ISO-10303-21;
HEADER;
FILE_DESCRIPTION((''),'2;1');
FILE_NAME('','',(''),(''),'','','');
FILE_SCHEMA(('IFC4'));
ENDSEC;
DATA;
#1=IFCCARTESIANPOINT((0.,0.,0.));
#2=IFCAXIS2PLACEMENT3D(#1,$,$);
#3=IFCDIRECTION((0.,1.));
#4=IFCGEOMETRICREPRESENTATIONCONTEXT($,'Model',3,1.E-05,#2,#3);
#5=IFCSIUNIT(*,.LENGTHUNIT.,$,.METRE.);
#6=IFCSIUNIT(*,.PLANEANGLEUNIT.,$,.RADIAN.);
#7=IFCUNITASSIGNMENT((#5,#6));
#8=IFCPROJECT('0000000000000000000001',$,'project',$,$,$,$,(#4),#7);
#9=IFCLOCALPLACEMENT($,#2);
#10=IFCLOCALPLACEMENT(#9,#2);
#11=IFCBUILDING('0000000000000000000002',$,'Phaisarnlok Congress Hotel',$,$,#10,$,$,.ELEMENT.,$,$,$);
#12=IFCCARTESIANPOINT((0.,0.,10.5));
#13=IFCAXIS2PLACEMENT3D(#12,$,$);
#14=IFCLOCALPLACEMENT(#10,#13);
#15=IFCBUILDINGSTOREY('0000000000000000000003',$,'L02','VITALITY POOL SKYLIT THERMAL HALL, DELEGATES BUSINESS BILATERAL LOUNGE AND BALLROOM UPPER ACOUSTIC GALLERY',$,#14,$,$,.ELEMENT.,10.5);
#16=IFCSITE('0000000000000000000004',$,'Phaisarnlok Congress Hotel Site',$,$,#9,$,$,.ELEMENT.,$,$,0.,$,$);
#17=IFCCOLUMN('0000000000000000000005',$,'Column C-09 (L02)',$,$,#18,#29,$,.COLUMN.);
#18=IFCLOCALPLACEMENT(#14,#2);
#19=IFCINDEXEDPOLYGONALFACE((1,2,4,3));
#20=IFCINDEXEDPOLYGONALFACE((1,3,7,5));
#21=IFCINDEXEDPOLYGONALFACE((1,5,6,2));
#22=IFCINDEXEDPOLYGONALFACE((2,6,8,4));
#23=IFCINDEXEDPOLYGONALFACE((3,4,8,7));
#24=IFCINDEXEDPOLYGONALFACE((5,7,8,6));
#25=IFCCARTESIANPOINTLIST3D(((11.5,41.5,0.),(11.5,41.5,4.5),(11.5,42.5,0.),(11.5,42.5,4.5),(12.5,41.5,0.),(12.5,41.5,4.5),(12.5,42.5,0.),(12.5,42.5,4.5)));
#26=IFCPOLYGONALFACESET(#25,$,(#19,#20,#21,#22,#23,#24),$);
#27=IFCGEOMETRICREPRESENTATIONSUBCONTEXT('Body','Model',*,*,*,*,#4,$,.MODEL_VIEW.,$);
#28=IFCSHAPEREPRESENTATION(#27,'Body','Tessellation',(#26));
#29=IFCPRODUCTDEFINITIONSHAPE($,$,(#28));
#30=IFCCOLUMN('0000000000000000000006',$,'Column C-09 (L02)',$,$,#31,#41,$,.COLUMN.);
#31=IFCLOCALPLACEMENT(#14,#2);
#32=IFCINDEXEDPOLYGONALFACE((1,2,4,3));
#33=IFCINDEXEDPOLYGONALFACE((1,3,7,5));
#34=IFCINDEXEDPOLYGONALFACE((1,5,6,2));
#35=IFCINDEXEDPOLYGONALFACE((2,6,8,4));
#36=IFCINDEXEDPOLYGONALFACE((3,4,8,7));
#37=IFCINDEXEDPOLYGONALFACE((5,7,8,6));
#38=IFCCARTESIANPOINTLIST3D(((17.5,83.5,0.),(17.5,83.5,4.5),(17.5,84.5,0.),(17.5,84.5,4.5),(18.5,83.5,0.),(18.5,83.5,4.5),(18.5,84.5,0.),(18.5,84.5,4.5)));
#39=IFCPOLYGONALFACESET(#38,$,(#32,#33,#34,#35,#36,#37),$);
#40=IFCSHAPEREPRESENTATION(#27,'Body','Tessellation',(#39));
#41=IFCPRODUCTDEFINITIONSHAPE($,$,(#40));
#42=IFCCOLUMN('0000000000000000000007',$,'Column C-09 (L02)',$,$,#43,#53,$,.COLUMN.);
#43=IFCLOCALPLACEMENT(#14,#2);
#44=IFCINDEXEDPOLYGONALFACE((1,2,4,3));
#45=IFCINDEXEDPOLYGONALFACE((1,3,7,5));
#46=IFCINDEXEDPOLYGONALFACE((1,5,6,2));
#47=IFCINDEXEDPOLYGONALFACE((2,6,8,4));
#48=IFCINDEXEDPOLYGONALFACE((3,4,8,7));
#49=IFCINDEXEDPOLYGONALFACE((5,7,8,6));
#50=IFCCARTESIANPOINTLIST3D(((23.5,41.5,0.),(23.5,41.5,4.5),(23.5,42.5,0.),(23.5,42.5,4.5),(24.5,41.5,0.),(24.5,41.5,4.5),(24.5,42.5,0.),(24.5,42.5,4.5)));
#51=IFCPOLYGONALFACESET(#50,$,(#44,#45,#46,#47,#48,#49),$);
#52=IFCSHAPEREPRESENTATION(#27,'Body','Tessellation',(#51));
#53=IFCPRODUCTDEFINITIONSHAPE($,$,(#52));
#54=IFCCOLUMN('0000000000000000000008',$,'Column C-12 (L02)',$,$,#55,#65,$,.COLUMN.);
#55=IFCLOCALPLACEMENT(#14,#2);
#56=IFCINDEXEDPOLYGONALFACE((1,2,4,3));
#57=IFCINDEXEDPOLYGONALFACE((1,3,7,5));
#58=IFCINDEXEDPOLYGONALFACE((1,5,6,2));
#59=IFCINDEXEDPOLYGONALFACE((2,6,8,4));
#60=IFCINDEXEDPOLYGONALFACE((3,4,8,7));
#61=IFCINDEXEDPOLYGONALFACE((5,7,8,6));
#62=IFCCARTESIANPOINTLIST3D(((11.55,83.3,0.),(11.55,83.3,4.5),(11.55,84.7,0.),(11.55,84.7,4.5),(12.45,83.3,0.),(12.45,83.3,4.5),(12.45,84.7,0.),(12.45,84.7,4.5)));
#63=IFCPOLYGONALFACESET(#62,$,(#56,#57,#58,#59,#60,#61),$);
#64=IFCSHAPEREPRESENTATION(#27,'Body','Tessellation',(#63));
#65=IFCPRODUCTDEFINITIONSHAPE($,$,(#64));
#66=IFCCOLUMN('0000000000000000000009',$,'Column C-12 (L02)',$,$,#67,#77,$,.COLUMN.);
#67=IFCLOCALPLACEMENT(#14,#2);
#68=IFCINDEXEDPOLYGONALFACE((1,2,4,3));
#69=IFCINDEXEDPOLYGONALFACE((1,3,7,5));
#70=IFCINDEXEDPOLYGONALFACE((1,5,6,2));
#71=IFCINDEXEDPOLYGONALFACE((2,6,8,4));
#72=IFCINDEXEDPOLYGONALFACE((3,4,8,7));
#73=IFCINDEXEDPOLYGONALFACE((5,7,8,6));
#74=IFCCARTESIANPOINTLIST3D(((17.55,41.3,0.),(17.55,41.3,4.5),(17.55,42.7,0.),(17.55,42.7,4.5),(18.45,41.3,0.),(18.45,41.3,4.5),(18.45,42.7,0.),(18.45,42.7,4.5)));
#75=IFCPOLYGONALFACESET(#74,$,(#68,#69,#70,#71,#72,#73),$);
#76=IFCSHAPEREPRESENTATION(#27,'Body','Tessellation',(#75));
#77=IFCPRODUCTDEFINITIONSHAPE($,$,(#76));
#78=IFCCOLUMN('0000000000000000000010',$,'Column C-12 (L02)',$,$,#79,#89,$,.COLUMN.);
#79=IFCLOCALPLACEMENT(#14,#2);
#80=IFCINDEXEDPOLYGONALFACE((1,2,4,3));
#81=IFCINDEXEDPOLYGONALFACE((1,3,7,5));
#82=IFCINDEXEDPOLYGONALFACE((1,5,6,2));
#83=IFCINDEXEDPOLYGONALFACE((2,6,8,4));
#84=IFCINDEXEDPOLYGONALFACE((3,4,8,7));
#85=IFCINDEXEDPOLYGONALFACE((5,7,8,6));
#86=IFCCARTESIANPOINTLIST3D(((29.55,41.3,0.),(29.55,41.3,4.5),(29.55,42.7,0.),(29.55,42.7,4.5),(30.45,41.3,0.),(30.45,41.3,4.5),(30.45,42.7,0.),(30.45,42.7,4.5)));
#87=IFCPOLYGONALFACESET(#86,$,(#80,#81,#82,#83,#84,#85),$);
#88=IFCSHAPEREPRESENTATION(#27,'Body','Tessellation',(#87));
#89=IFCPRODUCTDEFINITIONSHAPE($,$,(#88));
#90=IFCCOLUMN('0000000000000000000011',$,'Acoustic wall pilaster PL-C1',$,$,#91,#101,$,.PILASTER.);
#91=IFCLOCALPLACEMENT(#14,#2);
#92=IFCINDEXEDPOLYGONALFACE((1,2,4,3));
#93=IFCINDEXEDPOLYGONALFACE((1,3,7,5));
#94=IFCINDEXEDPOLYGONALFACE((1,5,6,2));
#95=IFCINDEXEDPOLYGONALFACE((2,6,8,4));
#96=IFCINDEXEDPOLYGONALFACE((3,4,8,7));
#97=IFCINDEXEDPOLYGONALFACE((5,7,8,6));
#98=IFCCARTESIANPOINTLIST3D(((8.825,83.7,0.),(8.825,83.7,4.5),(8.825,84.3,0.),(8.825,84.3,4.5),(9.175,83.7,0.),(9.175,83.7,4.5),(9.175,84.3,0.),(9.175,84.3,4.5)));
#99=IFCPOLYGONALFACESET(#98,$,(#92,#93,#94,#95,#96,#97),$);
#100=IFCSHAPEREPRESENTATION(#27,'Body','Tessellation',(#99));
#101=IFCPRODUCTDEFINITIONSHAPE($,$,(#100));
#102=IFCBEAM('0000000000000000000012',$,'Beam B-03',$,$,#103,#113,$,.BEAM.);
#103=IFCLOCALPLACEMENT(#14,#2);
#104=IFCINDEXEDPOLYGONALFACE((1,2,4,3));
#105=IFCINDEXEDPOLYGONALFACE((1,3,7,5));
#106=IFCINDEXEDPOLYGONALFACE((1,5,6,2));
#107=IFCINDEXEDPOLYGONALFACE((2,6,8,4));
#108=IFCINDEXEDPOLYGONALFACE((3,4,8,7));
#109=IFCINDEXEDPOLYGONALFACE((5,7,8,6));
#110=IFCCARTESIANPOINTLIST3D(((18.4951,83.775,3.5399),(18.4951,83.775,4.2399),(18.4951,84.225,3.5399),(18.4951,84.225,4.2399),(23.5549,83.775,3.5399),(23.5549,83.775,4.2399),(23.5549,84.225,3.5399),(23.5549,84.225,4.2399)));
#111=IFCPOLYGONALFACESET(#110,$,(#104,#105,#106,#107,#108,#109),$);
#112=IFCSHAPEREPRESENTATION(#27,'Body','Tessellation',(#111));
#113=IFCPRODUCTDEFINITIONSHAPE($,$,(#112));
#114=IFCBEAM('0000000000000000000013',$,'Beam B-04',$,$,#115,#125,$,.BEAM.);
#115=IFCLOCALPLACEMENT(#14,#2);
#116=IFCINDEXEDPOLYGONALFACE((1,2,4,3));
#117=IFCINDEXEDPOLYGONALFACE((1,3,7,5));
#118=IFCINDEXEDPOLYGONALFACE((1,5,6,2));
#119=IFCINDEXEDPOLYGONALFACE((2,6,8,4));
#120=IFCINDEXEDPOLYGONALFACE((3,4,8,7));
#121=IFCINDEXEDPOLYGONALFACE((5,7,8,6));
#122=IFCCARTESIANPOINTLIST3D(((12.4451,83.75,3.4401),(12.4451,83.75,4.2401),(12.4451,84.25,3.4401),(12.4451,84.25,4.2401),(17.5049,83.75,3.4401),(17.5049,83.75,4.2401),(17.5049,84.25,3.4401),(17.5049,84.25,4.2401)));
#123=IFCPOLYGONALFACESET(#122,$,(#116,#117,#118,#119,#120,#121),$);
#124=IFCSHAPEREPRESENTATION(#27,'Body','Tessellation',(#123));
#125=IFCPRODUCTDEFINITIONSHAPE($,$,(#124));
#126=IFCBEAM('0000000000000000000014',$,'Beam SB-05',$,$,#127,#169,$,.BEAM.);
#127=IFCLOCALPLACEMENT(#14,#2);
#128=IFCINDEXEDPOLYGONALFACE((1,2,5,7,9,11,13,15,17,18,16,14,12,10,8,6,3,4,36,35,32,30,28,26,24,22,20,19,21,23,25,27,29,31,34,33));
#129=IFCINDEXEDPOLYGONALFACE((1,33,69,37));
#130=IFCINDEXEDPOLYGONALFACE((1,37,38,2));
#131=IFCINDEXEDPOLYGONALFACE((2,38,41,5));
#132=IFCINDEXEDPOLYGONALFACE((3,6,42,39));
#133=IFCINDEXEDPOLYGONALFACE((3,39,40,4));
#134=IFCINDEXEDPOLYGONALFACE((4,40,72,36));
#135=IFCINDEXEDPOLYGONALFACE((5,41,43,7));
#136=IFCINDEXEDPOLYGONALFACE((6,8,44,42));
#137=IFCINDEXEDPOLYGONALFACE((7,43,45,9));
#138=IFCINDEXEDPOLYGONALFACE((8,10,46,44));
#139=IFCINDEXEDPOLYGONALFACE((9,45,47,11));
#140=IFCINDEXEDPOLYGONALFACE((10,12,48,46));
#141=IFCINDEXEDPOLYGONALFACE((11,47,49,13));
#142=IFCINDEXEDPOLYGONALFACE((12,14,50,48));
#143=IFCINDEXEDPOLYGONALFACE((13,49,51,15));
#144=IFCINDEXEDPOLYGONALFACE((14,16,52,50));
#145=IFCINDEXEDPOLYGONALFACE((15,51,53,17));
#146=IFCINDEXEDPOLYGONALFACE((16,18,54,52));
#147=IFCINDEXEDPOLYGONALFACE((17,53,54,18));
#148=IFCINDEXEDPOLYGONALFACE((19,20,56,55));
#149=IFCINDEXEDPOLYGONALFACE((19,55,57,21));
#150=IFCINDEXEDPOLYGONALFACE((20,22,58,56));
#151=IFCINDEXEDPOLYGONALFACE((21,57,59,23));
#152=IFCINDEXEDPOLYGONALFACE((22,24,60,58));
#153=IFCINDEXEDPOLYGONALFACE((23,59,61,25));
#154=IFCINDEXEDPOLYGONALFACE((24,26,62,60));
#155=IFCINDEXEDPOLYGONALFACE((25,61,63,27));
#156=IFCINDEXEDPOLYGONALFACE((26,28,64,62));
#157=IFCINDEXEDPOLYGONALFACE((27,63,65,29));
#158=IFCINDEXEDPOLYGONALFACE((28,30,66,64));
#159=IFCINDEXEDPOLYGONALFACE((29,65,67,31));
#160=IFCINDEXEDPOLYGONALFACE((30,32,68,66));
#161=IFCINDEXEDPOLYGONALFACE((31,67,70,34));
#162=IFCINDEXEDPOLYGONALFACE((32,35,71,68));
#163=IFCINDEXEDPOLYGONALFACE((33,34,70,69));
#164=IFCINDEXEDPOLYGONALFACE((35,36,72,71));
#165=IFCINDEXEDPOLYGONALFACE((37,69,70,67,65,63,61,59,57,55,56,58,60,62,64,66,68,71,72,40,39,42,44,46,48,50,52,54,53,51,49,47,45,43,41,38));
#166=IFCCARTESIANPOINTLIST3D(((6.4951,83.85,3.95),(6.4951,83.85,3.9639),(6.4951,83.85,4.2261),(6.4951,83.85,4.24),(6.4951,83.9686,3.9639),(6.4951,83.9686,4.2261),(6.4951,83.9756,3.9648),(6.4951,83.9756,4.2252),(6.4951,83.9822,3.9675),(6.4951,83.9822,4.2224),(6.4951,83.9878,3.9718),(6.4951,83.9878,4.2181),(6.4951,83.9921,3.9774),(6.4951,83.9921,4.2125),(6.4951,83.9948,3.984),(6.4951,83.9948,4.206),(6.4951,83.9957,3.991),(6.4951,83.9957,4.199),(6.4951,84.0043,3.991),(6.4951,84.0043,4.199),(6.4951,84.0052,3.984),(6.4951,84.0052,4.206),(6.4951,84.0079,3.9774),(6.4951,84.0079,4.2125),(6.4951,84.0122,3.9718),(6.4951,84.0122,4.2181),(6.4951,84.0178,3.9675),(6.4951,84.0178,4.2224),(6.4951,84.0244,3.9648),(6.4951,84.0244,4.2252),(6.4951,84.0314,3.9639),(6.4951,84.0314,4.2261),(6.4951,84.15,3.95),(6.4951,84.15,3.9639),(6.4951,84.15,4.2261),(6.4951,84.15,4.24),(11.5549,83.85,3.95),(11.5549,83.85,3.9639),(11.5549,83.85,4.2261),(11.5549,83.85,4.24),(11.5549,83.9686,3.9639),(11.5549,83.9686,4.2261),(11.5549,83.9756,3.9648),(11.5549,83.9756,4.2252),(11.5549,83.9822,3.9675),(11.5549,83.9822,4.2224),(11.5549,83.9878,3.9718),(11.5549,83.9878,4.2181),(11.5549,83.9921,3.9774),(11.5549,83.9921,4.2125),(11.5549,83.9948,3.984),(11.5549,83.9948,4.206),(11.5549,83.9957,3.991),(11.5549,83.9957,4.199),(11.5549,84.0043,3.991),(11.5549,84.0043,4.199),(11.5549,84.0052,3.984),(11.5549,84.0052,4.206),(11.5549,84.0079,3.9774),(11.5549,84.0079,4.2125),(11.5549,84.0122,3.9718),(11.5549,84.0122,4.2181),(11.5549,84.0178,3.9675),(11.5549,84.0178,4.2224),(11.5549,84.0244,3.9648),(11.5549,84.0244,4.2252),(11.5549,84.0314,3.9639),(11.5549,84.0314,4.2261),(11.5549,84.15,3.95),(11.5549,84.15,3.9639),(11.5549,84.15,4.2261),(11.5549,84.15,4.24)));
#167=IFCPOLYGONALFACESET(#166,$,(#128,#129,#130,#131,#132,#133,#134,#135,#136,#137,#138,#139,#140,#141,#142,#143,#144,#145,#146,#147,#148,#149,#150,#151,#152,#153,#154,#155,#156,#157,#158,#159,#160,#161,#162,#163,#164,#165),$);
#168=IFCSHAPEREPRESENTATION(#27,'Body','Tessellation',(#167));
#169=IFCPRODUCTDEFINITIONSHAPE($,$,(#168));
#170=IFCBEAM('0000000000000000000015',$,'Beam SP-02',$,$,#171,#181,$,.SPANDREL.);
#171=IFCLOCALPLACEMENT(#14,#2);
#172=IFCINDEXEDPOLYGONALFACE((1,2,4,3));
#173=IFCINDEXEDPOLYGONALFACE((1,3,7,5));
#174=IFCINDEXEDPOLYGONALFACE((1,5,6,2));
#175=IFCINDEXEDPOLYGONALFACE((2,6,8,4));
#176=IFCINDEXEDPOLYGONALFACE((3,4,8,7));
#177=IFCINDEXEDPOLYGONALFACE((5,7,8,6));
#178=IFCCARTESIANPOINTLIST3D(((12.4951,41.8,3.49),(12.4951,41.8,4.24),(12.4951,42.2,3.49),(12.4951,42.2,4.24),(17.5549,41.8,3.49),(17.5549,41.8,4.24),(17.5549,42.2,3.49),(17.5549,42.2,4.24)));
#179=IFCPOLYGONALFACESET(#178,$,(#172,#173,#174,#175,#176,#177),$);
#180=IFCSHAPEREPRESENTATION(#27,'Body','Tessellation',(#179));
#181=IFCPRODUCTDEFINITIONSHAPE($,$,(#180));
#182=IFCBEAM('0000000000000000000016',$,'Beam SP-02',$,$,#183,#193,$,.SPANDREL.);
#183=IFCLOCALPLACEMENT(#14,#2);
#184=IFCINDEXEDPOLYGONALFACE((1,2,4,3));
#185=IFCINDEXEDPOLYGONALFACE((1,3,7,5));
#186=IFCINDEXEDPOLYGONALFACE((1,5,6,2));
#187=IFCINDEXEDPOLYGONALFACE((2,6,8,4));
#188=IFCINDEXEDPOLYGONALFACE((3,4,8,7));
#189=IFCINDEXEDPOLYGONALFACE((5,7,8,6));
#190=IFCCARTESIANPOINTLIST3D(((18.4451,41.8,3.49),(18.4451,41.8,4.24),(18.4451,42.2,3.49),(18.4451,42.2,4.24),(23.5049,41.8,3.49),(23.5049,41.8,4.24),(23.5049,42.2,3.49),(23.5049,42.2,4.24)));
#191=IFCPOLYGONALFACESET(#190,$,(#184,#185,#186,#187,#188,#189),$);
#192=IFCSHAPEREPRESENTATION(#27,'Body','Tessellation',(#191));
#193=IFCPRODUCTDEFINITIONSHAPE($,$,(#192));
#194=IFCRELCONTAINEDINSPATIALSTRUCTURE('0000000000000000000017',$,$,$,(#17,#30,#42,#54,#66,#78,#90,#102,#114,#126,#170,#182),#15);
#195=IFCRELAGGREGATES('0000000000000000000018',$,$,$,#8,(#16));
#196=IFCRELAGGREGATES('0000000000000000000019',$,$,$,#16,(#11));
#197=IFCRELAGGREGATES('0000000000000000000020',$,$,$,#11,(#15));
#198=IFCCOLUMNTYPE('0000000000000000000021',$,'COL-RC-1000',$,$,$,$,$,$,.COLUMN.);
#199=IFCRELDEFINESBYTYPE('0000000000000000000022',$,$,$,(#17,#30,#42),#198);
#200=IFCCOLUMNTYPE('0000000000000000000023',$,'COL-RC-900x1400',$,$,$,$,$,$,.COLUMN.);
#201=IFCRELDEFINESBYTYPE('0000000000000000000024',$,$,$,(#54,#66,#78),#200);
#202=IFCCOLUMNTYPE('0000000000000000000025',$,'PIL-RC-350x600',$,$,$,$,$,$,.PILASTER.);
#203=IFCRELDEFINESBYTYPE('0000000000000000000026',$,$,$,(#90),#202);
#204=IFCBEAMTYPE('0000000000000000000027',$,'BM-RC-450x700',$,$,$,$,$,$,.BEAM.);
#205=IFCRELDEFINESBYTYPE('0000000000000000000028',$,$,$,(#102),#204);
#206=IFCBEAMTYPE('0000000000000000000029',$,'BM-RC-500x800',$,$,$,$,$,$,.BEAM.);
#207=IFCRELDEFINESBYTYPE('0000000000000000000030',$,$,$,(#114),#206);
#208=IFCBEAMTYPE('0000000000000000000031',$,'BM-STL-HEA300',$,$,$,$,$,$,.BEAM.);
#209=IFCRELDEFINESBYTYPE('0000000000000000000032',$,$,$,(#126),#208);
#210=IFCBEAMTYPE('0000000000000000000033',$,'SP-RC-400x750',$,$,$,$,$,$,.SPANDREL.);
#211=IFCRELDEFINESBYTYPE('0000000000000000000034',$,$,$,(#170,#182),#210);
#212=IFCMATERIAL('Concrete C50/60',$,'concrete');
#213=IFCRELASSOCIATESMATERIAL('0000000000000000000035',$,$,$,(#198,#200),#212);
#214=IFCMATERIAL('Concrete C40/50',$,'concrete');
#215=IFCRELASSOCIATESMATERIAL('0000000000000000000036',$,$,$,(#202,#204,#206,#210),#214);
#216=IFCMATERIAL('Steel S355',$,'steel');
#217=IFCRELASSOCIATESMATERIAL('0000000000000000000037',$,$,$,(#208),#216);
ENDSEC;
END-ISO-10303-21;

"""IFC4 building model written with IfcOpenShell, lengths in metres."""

from ifc_helpers import new_model, si_unit, direction, frame, origin, origin_2d, place, context, subcontext, project, spatial, rectangle, i_section, extrude, material, material_profile, profile_set, type_object, element, save


model = new_model("IFC4")

# Units and contexts
model_context = context("Model", 3, precision=1e-05, world=origin(), true_north=direction((0.0, 1.0)))
body_context = subcontext(model_context, "Body", "Model", "MODEL_VIEW")
ifc_project = project(units=[si_unit("LENGTHUNIT", "METRE"), si_unit("PLANEANGLEUNIT", "RADIAN")], contexts=[model_context])

# Site, building, storey
site_placement = place(None, origin())
site = spatial("IfcSite", under=ifc_project, at=site_placement, Name="Phaisarnlok Congress Hotel Site", CompositionType="ELEMENT", RefElevation=0.0)
building_placement = place(site_placement, origin())
building = spatial("IfcBuilding", under=site, at=building_placement, Name="Phaisarnlok Congress Hotel", CompositionType="ELEMENT")
storey_placement = place(building_placement, frame((0.0, 0.0, 10.5)))
storey = spatial("IfcBuildingStorey", under=building, at=storey_placement, Name="L02", Description="VITALITY POOL SKYLIT THERMAL HALL, DELEGATES BUSINESS BILATERAL LOUNGE AND BALLROOM UPPER ACOUSTIC GALLERY", CompositionType="ELEMENT", Elevation=10.5)

# Columns
ifc_material_1 = material(Name="Concrete C50/60", Category="concrete")
ifc_material_profile_1 = material_profile(ifc_material_1, rectangle(XDim=1.0, YDim=1.0, at=origin_2d()), Name="RC 1000x1000")
ifc_profile_set_1 = profile_set([ifc_material_profile_1], Name="Concrete C50/60")
column_type_1 = type_object("IfcColumnType", Name="COL-RC-1000", PredefinedType="COLUMN", material=ifc_profile_set_1)
for number, where, z_axis, x_axis, name in (
    (1, (12.0, 42.0, 0.0), (0.0, 0.0, 1.0), (1.0, 0.0, 0.0), "Column C-09 (L02)"),
    (2, (18.0, 84.0, 0.0), (0.0, 0.0, 1.0), (1.0, 0.0, 0.0), "Column C-09 (L02)"),
    (3, (24.0, 42.0, 0.0), (0.0, 0.0, 1.0), (1.0, 0.0, 0.0), "Column C-09 (L02)"),
):
    element("IfcColumn", number, at=place(storey_placement, frame(where, z_axis=z_axis, x_axis=x_axis)), inside=storey, type_object=column_type_1, Name=name, PredefinedType="COLUMN", context=body_context, shape_type="SweptSolid", body=[
        extrude(rectangle(XDim=1.0, YDim=1.0, at=origin_2d()), origin(), (0.0, 0.0, 1.0), 4.5),
    ])
ifc_material_profile_2 = material_profile(ifc_material_1, rectangle(XDim=0.8999, YDim=1.3999, at=origin_2d()), Name="RC 900x1400")
ifc_profile_set_2 = profile_set([ifc_material_profile_2], Name="Concrete C50/60")
column_type_2 = type_object("IfcColumnType", Name="COL-RC-900x1400", PredefinedType="COLUMN", material=ifc_profile_set_2)
for number, where, z_axis, x_axis, name in (
    (4, (12.0, 84.0, 0.0), (0.0, 0.0, 1.0), (1.0, 0.0, 0.0), "Column C-12 (L02)"),
    (5, (18.0, 42.0, 0.0), (0.0, 0.0, 1.0), (1.0, 0.0, 0.0), "Column C-12 (L02)"),
    (6, (30.0, 42.0, 0.0), (0.0, 0.0, 1.0), (1.0, 0.0, 0.0), "Column C-12 (L02)"),
):
    element("IfcColumn", number, at=place(storey_placement, frame(where, z_axis=z_axis, x_axis=x_axis)), inside=storey, type_object=column_type_2, Name=name, PredefinedType="COLUMN", context=body_context, shape_type="SweptSolid", body=[
        extrude(rectangle(XDim=0.8999, YDim=1.3999, at=origin_2d()), origin(), (0.0, 0.0, 1.0), 4.5),
    ])
ifc_material_2 = material(Name="Concrete C40/50", Category="concrete")
ifc_material_profile_3 = material_profile(ifc_material_2, rectangle(XDim=0.3501, YDim=0.6001, at=origin_2d()), Name="RC 350x600")
ifc_profile_set_3 = profile_set([ifc_material_profile_3], Name="Concrete C40/50")
column_type_3 = type_object("IfcColumnType", Name="PIL-RC-350x600", PredefinedType="PILASTER", material=ifc_profile_set_3)
column_placement = place(storey_placement, frame((9.0, 84.0, 0.0), z_axis=(0.0, 0.0, 1.0), x_axis=(1.0, 0.0, 0.0)))
element("IfcColumn", 7, at=column_placement, inside=storey, type_object=column_type_3, Name="Acoustic wall pilaster PL-C1", PredefinedType="PILASTER", context=body_context, shape_type="SweptSolid", body=[
    extrude(rectangle(XDim=0.3501, YDim=0.6001, at=origin_2d()), origin(), (0.0, 0.0, 1.0), 4.5),
])

# Beams
ifc_material_profile_4 = material_profile(ifc_material_2, rectangle(XDim=0.45, YDim=0.7, at=origin_2d()), Name="RC 450x700")
ifc_profile_set_4 = profile_set([ifc_material_profile_4], Name="Concrete C40/50")
beam_type_1 = type_object("IfcBeamType", Name="BM-RC-450x700", PredefinedType="BEAM", material=ifc_profile_set_4)
beam_1_placement = place(storey_placement, frame((18.4951, 84.0, 3.8899), z_axis=(1.0, 0.0, 0.0), x_axis=(0.0, 1.0, 0.0)))
element("IfcBeam", 8, at=beam_1_placement, inside=storey, type_object=beam_type_1, Name="Beam B-03", PredefinedType="BEAM", context=body_context, shape_type="SweptSolid", body=[
    extrude(rectangle(XDim=0.45, YDim=0.7, at=origin_2d()), origin(), (0.0, 0.0, 1.0), 5.0598),
])
ifc_material_profile_5 = material_profile(ifc_material_2, rectangle(XDim=0.5, YDim=0.8, at=origin_2d()), Name="RC 500x800")
ifc_profile_set_5 = profile_set([ifc_material_profile_5], Name="Concrete C40/50")
beam_type_2 = type_object("IfcBeamType", Name="BM-RC-500x800", PredefinedType="BEAM", material=ifc_profile_set_5)
beam_2_placement = place(storey_placement, frame((12.4451, 84.0, 3.8401), z_axis=(1.0, 0.0, 0.0), x_axis=(0.0, 1.0, 0.0)))
element("IfcBeam", 9, at=beam_2_placement, inside=storey, type_object=beam_type_2, Name="Beam B-04", PredefinedType="BEAM", context=body_context, shape_type="SweptSolid", body=[
    extrude(rectangle(XDim=0.5, YDim=0.8, at=origin_2d()), origin(), (0.0, 0.0, 1.0), 5.0598),
])
ifc_material_3 = material(Name="Steel S355", Category="steel")
ifc_material_profile_6 = material_profile(ifc_material_3, i_section(OverallWidth=0.3, OverallDepth=0.29, WebThickness=0.0085, FlangeThickness=0.0139, FilletRadius=0.0271, at=origin_2d()), Name="HEA 300")
ifc_profile_set_6 = profile_set([ifc_material_profile_6], Name="Steel S355")
beam_type_3 = type_object("IfcBeamType", Name="BM-STL-HEA300", PredefinedType="BEAM", material=ifc_profile_set_6)
beam_3_placement = place(storey_placement, frame((6.4951, 84.0, 4.095), z_axis=(1.0, 0.0, 0.0), x_axis=(0.0, 1.0, 0.0)))
element("IfcBeam", 10, at=beam_3_placement, inside=storey, type_object=beam_type_3, Name="Beam SB-05", PredefinedType="BEAM", context=body_context, shape_type="SweptSolid", body=[
    extrude(i_section(OverallWidth=0.3, OverallDepth=0.29, WebThickness=0.0085, FlangeThickness=0.0139, FilletRadius=0.0271, at=origin_2d()), origin(), (0.0, 0.0, 1.0), 5.0598),
])
ifc_material_profile_7 = material_profile(ifc_material_2, rectangle(XDim=0.3999, YDim=0.75, at=origin_2d()), Name="RC 400x750")
ifc_profile_set_7 = profile_set([ifc_material_profile_7], Name="Concrete C40/50")
beam_type_4 = type_object("IfcBeamType", Name="SP-RC-400x750", PredefinedType="SPANDREL", material=ifc_profile_set_7)
for number, where, z_axis, x_axis, name in (
    (11, (12.4951, 42.0, 3.865), (1.0, 0.0, 0.0), (0.0, 1.0, 0.0), "Beam SP-02"),
    (12, (18.4451, 42.0, 3.865), (1.0, 0.0, 0.0), (0.0, 1.0, 0.0), "Beam SP-02"),
):
    element("IfcBeam", number, at=place(storey_placement, frame(where, z_axis=z_axis, x_axis=x_axis)), inside=storey, type_object=beam_type_4, Name=name, PredefinedType="SPANDREL", context=body_context, shape_type="SweptSolid", body=[
        extrude(rectangle(XDim=0.3999, YDim=0.75, at=origin_2d()), origin(), (0.0, 0.0, 1.0), 5.0598),
    ])

save(model, "model.ifc")
